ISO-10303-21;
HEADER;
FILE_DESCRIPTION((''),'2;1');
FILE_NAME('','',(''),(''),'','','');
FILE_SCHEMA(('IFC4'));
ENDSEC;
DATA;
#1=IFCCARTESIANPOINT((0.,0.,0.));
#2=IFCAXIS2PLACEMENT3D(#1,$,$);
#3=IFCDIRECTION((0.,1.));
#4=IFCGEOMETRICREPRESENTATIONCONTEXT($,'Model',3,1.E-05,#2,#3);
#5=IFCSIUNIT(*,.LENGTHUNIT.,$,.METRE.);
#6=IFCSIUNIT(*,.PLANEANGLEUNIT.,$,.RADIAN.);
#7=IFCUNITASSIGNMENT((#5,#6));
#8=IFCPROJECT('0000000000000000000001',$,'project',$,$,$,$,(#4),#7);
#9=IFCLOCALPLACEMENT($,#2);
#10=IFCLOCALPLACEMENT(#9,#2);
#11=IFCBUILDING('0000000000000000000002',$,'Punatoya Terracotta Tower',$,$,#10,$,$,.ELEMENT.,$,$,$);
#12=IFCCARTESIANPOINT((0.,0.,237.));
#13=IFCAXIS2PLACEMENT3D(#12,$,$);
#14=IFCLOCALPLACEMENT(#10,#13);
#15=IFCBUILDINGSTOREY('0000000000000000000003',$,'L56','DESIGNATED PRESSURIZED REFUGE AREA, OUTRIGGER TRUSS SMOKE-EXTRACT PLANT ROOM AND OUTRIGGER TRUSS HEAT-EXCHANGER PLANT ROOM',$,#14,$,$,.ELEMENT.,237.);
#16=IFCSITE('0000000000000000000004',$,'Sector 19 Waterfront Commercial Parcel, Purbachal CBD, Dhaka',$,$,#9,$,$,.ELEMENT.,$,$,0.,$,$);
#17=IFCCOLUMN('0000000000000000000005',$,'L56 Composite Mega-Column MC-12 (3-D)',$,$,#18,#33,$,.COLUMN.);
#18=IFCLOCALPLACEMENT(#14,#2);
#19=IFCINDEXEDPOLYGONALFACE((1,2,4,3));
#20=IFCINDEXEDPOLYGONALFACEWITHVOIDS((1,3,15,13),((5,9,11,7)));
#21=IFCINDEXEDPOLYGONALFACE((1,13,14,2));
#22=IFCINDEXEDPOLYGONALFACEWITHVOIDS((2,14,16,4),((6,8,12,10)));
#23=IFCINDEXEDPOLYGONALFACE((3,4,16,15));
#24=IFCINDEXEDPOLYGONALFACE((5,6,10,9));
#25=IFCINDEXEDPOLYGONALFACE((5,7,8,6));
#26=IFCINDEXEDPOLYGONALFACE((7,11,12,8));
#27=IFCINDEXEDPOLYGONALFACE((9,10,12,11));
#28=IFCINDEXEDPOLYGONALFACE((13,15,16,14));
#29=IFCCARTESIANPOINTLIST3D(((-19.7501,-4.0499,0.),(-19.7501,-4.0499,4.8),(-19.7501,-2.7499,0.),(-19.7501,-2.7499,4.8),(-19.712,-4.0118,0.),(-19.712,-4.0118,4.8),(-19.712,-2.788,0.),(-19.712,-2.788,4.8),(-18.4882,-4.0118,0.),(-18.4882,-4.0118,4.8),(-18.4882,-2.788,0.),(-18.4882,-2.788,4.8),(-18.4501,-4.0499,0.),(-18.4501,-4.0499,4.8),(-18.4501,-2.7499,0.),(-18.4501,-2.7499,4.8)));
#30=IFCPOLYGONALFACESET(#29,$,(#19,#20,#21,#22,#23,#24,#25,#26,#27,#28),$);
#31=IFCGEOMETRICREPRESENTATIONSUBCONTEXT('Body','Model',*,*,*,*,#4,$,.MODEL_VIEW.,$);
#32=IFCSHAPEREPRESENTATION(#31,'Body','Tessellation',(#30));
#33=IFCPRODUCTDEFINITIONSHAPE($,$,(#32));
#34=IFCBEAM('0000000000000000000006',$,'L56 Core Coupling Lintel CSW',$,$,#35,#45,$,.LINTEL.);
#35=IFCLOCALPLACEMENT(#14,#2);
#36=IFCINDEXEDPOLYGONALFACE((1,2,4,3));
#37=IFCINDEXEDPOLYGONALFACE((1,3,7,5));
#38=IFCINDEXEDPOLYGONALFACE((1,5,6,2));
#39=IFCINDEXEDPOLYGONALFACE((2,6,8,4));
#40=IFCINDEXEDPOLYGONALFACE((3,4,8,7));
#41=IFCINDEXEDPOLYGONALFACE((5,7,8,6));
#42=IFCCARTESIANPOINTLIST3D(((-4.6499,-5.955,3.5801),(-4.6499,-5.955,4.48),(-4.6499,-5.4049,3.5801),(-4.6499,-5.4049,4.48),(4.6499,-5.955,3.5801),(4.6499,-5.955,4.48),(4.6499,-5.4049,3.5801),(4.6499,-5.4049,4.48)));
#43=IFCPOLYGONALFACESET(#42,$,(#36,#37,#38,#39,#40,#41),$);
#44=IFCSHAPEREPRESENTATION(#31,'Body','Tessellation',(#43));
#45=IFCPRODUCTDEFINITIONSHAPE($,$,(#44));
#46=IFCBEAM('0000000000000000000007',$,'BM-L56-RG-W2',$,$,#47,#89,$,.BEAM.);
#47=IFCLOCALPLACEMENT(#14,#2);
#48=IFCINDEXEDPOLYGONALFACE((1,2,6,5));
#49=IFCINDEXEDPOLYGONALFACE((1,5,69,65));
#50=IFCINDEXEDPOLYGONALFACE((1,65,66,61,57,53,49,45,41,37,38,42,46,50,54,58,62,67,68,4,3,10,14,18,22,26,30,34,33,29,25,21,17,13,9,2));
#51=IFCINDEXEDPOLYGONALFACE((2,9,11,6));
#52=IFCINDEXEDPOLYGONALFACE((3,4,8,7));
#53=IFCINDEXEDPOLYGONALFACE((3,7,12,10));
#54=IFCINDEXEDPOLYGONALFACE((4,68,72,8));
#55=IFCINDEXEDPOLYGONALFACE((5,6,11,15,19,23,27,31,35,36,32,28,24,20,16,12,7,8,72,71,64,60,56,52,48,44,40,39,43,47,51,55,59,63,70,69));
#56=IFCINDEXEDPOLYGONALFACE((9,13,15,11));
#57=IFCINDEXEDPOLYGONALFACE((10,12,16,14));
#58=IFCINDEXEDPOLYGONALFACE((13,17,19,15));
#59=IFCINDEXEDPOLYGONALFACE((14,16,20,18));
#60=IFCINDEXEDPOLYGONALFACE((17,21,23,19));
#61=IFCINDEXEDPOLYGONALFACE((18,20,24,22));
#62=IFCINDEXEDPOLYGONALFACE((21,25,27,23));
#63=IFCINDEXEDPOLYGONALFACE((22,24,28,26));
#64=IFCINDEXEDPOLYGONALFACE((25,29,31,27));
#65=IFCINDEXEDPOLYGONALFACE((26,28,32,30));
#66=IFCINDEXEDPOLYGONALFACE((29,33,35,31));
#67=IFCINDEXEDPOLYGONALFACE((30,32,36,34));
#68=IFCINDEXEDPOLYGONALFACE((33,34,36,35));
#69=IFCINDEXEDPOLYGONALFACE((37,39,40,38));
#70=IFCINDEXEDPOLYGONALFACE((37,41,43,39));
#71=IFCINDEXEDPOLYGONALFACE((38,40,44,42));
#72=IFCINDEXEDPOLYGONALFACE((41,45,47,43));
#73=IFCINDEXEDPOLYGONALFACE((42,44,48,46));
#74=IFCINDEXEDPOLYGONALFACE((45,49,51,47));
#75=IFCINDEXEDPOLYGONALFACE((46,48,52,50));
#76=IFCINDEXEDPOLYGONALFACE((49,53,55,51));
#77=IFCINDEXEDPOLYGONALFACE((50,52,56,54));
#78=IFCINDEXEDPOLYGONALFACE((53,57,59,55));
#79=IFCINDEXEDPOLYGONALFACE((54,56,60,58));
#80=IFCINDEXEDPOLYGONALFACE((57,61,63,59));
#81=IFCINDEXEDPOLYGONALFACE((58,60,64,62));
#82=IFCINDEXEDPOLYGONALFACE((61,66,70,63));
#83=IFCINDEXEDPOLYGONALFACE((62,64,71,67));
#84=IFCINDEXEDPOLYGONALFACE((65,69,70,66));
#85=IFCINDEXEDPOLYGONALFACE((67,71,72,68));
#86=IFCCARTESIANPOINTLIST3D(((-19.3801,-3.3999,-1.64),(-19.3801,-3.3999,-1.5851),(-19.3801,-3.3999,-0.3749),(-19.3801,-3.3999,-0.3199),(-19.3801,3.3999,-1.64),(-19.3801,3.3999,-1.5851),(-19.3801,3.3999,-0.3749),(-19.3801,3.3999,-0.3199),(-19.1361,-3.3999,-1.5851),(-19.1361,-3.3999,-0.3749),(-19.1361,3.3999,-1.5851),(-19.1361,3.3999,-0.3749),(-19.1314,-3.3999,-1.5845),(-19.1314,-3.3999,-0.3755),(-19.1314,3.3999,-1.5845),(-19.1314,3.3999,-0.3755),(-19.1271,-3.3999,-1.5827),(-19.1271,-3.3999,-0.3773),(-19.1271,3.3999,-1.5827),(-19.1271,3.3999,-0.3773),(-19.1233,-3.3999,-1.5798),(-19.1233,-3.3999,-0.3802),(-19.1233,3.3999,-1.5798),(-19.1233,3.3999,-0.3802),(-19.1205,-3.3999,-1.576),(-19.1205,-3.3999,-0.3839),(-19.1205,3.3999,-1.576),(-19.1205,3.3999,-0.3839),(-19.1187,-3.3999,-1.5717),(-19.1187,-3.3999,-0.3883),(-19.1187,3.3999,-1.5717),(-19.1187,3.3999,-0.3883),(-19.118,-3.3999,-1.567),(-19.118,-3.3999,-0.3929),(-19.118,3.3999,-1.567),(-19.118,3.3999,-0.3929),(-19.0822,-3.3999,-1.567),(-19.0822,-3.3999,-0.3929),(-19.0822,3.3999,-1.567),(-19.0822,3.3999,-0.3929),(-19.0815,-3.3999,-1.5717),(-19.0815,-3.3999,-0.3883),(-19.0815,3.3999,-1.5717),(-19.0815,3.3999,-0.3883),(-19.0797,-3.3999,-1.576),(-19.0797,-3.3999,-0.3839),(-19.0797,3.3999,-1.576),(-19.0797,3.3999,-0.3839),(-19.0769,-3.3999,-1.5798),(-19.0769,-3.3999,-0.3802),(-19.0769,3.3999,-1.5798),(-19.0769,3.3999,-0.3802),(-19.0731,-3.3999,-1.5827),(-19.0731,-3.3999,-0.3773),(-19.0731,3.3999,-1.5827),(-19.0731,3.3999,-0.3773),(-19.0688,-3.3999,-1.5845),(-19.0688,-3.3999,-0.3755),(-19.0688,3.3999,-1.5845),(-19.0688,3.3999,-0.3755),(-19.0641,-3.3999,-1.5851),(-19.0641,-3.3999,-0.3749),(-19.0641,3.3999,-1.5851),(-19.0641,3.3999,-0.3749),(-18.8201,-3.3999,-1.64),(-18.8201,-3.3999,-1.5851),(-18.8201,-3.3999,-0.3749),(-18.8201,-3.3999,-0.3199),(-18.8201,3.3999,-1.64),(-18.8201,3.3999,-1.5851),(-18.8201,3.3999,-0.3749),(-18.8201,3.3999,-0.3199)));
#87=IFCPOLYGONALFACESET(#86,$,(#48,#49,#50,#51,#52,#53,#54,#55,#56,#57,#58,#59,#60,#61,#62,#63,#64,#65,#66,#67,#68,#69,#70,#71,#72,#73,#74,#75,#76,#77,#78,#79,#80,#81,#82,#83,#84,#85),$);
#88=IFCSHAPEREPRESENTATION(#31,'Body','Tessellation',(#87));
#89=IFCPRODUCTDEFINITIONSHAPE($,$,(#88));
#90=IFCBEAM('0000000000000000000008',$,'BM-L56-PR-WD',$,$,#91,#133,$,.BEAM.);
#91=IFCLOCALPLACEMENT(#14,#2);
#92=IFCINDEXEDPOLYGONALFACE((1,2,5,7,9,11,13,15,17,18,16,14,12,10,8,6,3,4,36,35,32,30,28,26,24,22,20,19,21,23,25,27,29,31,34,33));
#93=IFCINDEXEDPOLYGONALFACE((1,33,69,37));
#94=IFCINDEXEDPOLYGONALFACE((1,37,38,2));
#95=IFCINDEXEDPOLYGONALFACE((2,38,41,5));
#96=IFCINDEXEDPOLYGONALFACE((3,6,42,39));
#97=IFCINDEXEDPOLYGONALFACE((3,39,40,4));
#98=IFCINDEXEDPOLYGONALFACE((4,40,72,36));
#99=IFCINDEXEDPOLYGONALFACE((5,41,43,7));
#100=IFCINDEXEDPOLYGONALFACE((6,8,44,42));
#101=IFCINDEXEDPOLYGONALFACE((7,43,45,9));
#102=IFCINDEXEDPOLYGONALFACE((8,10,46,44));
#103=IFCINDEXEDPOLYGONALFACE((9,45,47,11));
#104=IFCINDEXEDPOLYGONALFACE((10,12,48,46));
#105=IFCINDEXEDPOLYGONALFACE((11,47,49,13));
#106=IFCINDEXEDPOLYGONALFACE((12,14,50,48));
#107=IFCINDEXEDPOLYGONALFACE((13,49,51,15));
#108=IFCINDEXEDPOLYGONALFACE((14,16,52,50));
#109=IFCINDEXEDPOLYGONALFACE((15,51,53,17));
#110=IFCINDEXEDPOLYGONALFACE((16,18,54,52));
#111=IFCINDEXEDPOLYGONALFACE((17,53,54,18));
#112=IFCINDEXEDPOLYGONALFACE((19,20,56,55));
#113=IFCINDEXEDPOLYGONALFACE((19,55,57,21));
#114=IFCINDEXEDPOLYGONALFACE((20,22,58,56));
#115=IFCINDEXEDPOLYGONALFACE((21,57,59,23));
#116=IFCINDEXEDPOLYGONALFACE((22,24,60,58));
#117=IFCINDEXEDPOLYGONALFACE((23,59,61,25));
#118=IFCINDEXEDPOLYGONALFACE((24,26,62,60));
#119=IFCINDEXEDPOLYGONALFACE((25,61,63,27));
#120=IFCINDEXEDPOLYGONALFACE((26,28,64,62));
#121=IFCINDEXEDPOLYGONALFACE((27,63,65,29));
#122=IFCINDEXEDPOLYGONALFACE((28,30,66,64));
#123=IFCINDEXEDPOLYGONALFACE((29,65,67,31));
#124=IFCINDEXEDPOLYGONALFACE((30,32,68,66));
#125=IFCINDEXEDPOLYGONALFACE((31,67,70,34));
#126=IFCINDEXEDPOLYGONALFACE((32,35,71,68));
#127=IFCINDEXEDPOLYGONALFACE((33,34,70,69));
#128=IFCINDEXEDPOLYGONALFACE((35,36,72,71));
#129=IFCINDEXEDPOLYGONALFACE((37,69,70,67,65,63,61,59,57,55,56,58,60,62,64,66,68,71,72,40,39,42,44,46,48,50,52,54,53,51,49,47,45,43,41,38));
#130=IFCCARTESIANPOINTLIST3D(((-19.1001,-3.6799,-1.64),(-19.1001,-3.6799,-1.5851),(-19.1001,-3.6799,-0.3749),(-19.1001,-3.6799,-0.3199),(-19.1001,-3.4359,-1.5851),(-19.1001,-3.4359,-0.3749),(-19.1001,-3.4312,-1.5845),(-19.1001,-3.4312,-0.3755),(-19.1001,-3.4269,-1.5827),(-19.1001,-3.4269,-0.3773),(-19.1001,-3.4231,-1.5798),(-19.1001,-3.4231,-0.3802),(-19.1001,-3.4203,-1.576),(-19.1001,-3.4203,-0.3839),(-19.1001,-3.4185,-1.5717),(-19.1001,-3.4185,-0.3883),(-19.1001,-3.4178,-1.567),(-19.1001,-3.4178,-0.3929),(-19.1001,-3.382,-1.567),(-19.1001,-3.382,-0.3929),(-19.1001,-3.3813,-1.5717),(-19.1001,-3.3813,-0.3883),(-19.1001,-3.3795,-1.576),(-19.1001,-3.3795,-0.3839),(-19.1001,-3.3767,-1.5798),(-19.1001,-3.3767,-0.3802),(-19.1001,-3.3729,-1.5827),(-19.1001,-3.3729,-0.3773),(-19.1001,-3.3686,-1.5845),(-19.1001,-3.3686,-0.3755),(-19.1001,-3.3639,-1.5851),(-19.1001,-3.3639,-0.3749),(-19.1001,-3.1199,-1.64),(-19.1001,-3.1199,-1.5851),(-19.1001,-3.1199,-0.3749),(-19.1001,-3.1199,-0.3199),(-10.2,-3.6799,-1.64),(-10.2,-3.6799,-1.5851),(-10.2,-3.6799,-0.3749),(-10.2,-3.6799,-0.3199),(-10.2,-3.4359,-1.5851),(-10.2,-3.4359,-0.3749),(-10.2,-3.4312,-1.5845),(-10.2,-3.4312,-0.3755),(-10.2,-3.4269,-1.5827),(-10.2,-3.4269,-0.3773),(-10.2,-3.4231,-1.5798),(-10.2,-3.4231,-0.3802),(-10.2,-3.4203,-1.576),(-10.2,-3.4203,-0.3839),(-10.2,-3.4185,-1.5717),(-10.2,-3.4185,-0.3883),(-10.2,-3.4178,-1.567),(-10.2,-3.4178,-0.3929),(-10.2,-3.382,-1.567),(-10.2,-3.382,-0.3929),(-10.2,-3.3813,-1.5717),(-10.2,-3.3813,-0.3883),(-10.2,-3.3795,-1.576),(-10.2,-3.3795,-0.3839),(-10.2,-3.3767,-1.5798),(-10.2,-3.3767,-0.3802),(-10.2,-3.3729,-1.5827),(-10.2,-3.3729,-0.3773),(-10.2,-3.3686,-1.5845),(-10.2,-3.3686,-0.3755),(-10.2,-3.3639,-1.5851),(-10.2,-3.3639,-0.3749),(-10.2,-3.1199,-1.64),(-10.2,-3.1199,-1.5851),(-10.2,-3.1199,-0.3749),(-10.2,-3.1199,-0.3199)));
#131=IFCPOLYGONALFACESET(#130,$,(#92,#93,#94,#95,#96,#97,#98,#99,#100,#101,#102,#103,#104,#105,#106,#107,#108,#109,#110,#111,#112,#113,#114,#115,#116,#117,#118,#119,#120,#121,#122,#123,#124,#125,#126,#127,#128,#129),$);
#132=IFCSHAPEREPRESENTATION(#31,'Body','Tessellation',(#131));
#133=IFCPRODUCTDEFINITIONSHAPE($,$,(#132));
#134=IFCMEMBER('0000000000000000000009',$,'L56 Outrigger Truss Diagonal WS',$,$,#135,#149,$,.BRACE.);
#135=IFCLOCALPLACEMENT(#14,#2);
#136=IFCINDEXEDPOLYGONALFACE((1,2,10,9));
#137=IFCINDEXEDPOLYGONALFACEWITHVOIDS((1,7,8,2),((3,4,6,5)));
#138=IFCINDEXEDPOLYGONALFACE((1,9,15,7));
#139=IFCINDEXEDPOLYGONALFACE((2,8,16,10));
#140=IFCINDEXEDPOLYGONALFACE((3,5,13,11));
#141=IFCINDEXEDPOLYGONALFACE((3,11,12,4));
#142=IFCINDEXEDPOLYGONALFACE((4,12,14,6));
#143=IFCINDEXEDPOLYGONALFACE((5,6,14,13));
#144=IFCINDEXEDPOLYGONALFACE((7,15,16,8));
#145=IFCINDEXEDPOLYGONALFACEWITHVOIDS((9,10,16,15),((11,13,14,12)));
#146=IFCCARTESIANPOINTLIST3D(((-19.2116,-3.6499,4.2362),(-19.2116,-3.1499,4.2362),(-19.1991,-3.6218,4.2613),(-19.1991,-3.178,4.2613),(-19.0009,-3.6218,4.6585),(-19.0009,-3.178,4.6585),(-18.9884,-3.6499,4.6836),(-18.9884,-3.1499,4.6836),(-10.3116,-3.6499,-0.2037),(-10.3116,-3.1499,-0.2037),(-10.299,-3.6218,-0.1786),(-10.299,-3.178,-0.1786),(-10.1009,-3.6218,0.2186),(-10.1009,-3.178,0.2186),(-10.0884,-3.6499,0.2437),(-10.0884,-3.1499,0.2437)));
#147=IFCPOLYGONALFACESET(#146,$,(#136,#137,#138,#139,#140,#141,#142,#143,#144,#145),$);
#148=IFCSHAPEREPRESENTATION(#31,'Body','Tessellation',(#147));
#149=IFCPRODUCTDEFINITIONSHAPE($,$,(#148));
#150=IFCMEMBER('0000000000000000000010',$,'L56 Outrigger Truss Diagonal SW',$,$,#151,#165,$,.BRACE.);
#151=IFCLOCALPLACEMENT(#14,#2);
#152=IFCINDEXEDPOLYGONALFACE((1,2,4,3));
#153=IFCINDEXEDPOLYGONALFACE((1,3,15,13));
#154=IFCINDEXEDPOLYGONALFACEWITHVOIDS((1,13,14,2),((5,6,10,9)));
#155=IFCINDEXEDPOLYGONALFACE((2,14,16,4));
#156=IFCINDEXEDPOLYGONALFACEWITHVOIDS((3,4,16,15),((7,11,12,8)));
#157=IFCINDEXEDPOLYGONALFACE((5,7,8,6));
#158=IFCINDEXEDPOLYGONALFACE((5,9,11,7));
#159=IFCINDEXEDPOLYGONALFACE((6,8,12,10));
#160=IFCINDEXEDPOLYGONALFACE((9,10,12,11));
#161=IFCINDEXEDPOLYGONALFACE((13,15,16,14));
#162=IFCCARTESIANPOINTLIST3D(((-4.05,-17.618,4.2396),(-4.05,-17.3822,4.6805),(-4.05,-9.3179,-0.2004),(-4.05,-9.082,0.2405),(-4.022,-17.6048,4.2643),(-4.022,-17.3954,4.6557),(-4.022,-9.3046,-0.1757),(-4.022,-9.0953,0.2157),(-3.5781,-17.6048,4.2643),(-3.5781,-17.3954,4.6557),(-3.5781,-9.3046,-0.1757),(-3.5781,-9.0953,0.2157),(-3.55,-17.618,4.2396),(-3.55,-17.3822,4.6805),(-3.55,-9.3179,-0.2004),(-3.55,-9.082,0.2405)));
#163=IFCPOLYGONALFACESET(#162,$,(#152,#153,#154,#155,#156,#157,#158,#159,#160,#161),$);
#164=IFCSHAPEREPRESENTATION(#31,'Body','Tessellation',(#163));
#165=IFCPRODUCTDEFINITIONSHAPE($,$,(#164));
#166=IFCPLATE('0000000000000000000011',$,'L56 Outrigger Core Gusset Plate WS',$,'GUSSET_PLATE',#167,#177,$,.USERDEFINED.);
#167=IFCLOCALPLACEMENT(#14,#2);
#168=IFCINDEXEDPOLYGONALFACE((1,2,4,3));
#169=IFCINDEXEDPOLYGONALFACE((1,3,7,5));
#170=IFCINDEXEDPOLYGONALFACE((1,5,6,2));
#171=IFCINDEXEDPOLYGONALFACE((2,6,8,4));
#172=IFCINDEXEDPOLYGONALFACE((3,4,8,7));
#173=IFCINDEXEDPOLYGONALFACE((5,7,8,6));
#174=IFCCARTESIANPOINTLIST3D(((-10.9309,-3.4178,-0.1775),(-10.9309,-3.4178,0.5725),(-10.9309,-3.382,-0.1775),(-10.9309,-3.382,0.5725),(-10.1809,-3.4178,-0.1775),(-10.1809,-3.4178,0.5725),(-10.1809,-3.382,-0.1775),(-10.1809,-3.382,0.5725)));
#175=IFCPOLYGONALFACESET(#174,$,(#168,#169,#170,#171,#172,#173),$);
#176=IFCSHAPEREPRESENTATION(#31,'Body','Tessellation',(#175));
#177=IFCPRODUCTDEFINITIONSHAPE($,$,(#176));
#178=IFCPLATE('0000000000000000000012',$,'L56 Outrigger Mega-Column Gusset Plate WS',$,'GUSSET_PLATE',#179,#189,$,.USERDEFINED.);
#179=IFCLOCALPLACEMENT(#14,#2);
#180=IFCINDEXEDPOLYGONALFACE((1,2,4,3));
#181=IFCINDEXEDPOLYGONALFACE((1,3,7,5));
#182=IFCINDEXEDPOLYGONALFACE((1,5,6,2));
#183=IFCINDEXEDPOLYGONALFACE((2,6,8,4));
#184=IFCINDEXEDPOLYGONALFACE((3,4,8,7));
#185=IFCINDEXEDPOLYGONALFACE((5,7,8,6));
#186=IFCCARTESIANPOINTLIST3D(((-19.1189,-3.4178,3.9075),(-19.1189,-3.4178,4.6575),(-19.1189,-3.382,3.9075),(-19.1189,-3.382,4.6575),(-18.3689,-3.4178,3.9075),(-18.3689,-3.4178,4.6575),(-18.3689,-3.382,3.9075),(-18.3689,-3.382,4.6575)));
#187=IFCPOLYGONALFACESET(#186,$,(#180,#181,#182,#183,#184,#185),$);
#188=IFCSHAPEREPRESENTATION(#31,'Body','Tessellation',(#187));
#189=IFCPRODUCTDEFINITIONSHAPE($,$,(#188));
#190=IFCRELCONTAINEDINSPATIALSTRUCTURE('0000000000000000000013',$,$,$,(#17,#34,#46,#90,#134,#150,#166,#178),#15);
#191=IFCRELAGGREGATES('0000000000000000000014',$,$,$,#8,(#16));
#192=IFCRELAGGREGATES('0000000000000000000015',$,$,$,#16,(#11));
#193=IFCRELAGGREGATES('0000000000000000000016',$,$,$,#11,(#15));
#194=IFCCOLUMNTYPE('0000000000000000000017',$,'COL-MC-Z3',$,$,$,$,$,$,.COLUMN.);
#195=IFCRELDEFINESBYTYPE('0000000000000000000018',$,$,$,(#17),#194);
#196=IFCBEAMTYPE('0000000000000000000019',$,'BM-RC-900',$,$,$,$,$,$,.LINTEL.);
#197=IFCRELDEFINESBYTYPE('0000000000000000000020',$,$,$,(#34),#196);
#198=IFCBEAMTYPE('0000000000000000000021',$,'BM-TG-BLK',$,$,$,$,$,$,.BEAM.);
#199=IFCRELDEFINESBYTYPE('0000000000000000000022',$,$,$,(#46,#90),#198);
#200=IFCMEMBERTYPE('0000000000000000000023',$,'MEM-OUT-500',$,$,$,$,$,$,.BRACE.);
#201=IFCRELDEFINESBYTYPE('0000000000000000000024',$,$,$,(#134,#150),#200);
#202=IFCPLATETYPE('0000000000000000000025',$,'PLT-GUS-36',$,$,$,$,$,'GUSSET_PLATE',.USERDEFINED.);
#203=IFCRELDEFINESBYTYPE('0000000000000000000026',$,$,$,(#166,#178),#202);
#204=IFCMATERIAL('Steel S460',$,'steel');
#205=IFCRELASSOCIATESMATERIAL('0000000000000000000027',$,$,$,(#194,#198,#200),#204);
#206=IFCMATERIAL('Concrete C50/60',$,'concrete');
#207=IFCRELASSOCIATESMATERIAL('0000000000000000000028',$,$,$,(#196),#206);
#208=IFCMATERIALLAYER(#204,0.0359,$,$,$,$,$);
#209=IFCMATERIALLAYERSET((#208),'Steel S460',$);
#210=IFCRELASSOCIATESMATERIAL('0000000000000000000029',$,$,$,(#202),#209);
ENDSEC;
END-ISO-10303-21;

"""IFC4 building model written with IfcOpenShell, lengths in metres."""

from ifc_helpers import new_model, si_unit, direction, frame, origin, origin_2d, place, context, subcontext, project, spatial, rectangle, hollow_rectangle, i_section, extrude, material, layer, layer_set, material_profile, profile_set, type_object, element, save


model = new_model("IFC4")

# Units and contexts
model_context = context("Model", 3, precision=1e-05, world=origin(), true_north=direction((0.0, 1.0)))
body_context = subcontext(model_context, "Body", "Model", "MODEL_VIEW")
ifc_project = project(units=[si_unit("LENGTHUNIT", "METRE"), si_unit("PLANEANGLEUNIT", "RADIAN")], contexts=[model_context])

# Site, building, storey
site_placement = place(None, origin())
site = spatial("IfcSite", under=ifc_project, at=site_placement, Name="Sector 19 Waterfront Commercial Parcel, Purbachal CBD, Dhaka", CompositionType="ELEMENT", RefElevation=0.0)
building_placement = place(site_placement, origin())
building = spatial("IfcBuilding", under=site, at=building_placement, Name="Punatoya Terracotta Tower", CompositionType="ELEMENT")
storey_placement = place(building_placement, frame((0.0, 0.0, 237.0)))
storey = spatial("IfcBuildingStorey", under=building, at=storey_placement, Name="L56", Description="DESIGNATED PRESSURIZED REFUGE AREA, OUTRIGGER TRUSS SMOKE-EXTRACT PLANT ROOM AND OUTRIGGER TRUSS HEAT-EXCHANGER PLANT ROOM", CompositionType="ELEMENT", Elevation=237.0)

# Column
ifc_material_1 = material(Name="Steel S460", Category="steel")
ifc_material_profile_1 = material_profile(ifc_material_1, hollow_rectangle(XDim=1.3, YDim=1.3, WallThickness=0.0381, at=origin_2d()))
ifc_profile_set_1 = profile_set([ifc_material_profile_1], Name="Steel S460")
column_type = type_object("IfcColumnType", Name="COL-MC-Z3", PredefinedType="COLUMN", material=ifc_profile_set_1)
column_placement = place(storey_placement, frame((-19.1001, -3.3999, 0.0), z_axis=(0.0, 0.0, 1.0), x_axis=(1.0, 0.0, 0.0)))
element("IfcColumn", 1, at=column_placement, inside=storey, type_object=column_type, Name="L56 Composite Mega-Column MC-12 (3-D)", PredefinedType="COLUMN", context=body_context, shape_type="SweptSolid", body=[
    extrude(hollow_rectangle(XDim=1.3, YDim=1.3, WallThickness=0.0381, at=origin_2d()), origin(), (0.0, 0.0, 1.0), 4.8),
])

# Beams
ifc_material_2 = material(Name="Concrete C50/60", Category="concrete")
ifc_material_profile_2 = material_profile(ifc_material_2, rectangle(XDim=0.55, YDim=0.8999, at=origin_2d()))
ifc_profile_set_2 = profile_set([ifc_material_profile_2], Name="Concrete C50/60")
beam_type_1 = type_object("IfcBeamType", Name="BM-RC-900", PredefinedType="LINTEL", material=ifc_profile_set_2)
beam_1_placement = place(storey_placement, frame((-4.6499, -5.6799, 4.03), z_axis=(1.0, 0.0, 0.0), x_axis=(0.0, 1.0, 0.0)))
element("IfcBeam", 2, at=beam_1_placement, inside=storey, type_object=beam_type_1, Name="L56 Core Coupling Lintel CSW", PredefinedType="LINTEL", context=body_context, shape_type="SweptSolid", body=[
    extrude(rectangle(XDim=0.55, YDim=0.8999, at=origin_2d()), origin(), (0.0, 0.0, 1.0), 9.2998),
])
ifc_material_profile_3 = material_profile(ifc_material_1, i_section(OverallWidth=0.5601, OverallDepth=1.3201, WebThickness=0.0359, FlangeThickness=0.0549, FilletRadius=0.0181, at=origin_2d()))
ifc_profile_set_3 = profile_set([ifc_material_profile_3], Name="Steel S460")
beam_type_2 = type_object("IfcBeamType", Name="BM-TG-BLK", PredefinedType="BEAM", material=ifc_profile_set_3)
beam_2_placement = place(storey_placement, frame((-19.1001, -3.3999, -0.98), z_axis=(0.0, 1.0, 0.0), x_axis=(-1.0, 0.0, 0.0)))
element("IfcBeam", 3, at=beam_2_placement, inside=storey, type_object=beam_type_2, Name="BM-L56-RG-W2", PredefinedType="BEAM", context=body_context, shape_type="SweptSolid", body=[
    extrude(i_section(OverallWidth=0.5601, OverallDepth=1.3201, WebThickness=0.0359, FlangeThickness=0.0549, FilletRadius=0.0181, at=origin_2d()), origin(), (0.0, 0.0, 1.0), 6.7998),
])
beam_3_placement = place(storey_placement, frame((-19.1001, -3.3999, -0.98), z_axis=(1.0, 0.0, 0.0), x_axis=(0.0, 1.0, 0.0)))
element("IfcBeam", 4, at=beam_3_placement, inside=storey, type_object=beam_type_2, Name="BM-L56-PR-WD", PredefinedType="BEAM", context=body_context, shape_type="SweptSolid", body=[
    extrude(i_section(OverallWidth=0.5601, OverallDepth=1.3201, WebThickness=0.0359, FlangeThickness=0.0549, FilletRadius=0.0181, at=origin_2d()), origin(), (0.0, 0.0, 1.0), 8.9001),
])

# Members
ifc_material_profile_4 = material_profile(ifc_material_1, hollow_rectangle(XDim=0.5, YDim=0.5, WallThickness=0.0281, at=origin_2d()))
ifc_profile_set_4 = profile_set([ifc_material_profile_4], Name="Steel S460")
member_type = type_object("IfcMemberType", Name="MEM-OUT-500", PredefinedType="BRACE", material=ifc_profile_set_4)
member_1_placement = place(storey_placement, frame((-10.2, -3.3999, 0.02), z_axis=(-0.894834, 0.0, 0.446398), x_axis=(0.0, -1.0, 0.0)))
element("IfcMember", 5, at=member_1_placement, inside=storey, type_object=member_type, Name="L56 Outrigger Truss Diagonal WS", PredefinedType="BRACE", context=body_context, shape_type="SweptSolid", body=[
    extrude(hollow_rectangle(XDim=0.5, YDim=0.5, WallThickness=0.0281, at=origin_2d()), origin(), (0.0, 0.0, 1.0), 9.946),
])
member_2_placement = place(storey_placement, frame((-3.8, -9.2, 0.02), z_axis=(0.0, -0.881768, 0.471684), x_axis=(1.0, 0.0, 0.0)))
element("IfcMember", 6, at=member_2_placement, inside=storey, type_object=member_type, Name="L56 Outrigger Truss Diagonal SW", PredefinedType="BRACE", context=body_context, shape_type="SweptSolid", body=[
    extrude(hollow_rectangle(XDim=0.5, YDim=0.5, WallThickness=0.0281, at=origin_2d()), origin(), (0.0, 0.0, 1.0), 9.4131),
])

# Plates
ifc_layer_1 = layer(ifc_material_1, 0.0359)
ifc_layer_set_1 = layer_set([ifc_layer_1], Name="Steel S460")
plate_type = type_object("IfcPlateType", Name="PLT-GUS-36", ElementType="GUSSET_PLATE", PredefinedType="USERDEFINED", material=ifc_layer_set_1)
for number, where, z_axis, x_axis, name in (
    (7, (-10.5559, -3.3999, -0.1775), (0.0, 0.0, 1.0), (1.0, 0.0, 0.0), "L56 Outrigger Core Gusset Plate WS"),
    (8, (-18.7439, -3.3999, 3.9075), (0.0, 0.0, 1.0), (1.0, 0.0, 0.0), "L56 Outrigger Mega-Column Gusset Plate WS"),
):
    element("IfcPlate", number, at=place(storey_placement, frame(where, z_axis=z_axis, x_axis=x_axis)), inside=storey, type_object=plate_type, Name=name, ObjectType="GUSSET_PLATE", PredefinedType="USERDEFINED", context=body_context, shape_type="SweptSolid", body=[
        extrude(rectangle(XDim=0.75, YDim=0.0359, at=origin_2d()), origin(), (0.0, 0.0, 1.0), 0.75),
    ])

save(model, "model.ifc")
